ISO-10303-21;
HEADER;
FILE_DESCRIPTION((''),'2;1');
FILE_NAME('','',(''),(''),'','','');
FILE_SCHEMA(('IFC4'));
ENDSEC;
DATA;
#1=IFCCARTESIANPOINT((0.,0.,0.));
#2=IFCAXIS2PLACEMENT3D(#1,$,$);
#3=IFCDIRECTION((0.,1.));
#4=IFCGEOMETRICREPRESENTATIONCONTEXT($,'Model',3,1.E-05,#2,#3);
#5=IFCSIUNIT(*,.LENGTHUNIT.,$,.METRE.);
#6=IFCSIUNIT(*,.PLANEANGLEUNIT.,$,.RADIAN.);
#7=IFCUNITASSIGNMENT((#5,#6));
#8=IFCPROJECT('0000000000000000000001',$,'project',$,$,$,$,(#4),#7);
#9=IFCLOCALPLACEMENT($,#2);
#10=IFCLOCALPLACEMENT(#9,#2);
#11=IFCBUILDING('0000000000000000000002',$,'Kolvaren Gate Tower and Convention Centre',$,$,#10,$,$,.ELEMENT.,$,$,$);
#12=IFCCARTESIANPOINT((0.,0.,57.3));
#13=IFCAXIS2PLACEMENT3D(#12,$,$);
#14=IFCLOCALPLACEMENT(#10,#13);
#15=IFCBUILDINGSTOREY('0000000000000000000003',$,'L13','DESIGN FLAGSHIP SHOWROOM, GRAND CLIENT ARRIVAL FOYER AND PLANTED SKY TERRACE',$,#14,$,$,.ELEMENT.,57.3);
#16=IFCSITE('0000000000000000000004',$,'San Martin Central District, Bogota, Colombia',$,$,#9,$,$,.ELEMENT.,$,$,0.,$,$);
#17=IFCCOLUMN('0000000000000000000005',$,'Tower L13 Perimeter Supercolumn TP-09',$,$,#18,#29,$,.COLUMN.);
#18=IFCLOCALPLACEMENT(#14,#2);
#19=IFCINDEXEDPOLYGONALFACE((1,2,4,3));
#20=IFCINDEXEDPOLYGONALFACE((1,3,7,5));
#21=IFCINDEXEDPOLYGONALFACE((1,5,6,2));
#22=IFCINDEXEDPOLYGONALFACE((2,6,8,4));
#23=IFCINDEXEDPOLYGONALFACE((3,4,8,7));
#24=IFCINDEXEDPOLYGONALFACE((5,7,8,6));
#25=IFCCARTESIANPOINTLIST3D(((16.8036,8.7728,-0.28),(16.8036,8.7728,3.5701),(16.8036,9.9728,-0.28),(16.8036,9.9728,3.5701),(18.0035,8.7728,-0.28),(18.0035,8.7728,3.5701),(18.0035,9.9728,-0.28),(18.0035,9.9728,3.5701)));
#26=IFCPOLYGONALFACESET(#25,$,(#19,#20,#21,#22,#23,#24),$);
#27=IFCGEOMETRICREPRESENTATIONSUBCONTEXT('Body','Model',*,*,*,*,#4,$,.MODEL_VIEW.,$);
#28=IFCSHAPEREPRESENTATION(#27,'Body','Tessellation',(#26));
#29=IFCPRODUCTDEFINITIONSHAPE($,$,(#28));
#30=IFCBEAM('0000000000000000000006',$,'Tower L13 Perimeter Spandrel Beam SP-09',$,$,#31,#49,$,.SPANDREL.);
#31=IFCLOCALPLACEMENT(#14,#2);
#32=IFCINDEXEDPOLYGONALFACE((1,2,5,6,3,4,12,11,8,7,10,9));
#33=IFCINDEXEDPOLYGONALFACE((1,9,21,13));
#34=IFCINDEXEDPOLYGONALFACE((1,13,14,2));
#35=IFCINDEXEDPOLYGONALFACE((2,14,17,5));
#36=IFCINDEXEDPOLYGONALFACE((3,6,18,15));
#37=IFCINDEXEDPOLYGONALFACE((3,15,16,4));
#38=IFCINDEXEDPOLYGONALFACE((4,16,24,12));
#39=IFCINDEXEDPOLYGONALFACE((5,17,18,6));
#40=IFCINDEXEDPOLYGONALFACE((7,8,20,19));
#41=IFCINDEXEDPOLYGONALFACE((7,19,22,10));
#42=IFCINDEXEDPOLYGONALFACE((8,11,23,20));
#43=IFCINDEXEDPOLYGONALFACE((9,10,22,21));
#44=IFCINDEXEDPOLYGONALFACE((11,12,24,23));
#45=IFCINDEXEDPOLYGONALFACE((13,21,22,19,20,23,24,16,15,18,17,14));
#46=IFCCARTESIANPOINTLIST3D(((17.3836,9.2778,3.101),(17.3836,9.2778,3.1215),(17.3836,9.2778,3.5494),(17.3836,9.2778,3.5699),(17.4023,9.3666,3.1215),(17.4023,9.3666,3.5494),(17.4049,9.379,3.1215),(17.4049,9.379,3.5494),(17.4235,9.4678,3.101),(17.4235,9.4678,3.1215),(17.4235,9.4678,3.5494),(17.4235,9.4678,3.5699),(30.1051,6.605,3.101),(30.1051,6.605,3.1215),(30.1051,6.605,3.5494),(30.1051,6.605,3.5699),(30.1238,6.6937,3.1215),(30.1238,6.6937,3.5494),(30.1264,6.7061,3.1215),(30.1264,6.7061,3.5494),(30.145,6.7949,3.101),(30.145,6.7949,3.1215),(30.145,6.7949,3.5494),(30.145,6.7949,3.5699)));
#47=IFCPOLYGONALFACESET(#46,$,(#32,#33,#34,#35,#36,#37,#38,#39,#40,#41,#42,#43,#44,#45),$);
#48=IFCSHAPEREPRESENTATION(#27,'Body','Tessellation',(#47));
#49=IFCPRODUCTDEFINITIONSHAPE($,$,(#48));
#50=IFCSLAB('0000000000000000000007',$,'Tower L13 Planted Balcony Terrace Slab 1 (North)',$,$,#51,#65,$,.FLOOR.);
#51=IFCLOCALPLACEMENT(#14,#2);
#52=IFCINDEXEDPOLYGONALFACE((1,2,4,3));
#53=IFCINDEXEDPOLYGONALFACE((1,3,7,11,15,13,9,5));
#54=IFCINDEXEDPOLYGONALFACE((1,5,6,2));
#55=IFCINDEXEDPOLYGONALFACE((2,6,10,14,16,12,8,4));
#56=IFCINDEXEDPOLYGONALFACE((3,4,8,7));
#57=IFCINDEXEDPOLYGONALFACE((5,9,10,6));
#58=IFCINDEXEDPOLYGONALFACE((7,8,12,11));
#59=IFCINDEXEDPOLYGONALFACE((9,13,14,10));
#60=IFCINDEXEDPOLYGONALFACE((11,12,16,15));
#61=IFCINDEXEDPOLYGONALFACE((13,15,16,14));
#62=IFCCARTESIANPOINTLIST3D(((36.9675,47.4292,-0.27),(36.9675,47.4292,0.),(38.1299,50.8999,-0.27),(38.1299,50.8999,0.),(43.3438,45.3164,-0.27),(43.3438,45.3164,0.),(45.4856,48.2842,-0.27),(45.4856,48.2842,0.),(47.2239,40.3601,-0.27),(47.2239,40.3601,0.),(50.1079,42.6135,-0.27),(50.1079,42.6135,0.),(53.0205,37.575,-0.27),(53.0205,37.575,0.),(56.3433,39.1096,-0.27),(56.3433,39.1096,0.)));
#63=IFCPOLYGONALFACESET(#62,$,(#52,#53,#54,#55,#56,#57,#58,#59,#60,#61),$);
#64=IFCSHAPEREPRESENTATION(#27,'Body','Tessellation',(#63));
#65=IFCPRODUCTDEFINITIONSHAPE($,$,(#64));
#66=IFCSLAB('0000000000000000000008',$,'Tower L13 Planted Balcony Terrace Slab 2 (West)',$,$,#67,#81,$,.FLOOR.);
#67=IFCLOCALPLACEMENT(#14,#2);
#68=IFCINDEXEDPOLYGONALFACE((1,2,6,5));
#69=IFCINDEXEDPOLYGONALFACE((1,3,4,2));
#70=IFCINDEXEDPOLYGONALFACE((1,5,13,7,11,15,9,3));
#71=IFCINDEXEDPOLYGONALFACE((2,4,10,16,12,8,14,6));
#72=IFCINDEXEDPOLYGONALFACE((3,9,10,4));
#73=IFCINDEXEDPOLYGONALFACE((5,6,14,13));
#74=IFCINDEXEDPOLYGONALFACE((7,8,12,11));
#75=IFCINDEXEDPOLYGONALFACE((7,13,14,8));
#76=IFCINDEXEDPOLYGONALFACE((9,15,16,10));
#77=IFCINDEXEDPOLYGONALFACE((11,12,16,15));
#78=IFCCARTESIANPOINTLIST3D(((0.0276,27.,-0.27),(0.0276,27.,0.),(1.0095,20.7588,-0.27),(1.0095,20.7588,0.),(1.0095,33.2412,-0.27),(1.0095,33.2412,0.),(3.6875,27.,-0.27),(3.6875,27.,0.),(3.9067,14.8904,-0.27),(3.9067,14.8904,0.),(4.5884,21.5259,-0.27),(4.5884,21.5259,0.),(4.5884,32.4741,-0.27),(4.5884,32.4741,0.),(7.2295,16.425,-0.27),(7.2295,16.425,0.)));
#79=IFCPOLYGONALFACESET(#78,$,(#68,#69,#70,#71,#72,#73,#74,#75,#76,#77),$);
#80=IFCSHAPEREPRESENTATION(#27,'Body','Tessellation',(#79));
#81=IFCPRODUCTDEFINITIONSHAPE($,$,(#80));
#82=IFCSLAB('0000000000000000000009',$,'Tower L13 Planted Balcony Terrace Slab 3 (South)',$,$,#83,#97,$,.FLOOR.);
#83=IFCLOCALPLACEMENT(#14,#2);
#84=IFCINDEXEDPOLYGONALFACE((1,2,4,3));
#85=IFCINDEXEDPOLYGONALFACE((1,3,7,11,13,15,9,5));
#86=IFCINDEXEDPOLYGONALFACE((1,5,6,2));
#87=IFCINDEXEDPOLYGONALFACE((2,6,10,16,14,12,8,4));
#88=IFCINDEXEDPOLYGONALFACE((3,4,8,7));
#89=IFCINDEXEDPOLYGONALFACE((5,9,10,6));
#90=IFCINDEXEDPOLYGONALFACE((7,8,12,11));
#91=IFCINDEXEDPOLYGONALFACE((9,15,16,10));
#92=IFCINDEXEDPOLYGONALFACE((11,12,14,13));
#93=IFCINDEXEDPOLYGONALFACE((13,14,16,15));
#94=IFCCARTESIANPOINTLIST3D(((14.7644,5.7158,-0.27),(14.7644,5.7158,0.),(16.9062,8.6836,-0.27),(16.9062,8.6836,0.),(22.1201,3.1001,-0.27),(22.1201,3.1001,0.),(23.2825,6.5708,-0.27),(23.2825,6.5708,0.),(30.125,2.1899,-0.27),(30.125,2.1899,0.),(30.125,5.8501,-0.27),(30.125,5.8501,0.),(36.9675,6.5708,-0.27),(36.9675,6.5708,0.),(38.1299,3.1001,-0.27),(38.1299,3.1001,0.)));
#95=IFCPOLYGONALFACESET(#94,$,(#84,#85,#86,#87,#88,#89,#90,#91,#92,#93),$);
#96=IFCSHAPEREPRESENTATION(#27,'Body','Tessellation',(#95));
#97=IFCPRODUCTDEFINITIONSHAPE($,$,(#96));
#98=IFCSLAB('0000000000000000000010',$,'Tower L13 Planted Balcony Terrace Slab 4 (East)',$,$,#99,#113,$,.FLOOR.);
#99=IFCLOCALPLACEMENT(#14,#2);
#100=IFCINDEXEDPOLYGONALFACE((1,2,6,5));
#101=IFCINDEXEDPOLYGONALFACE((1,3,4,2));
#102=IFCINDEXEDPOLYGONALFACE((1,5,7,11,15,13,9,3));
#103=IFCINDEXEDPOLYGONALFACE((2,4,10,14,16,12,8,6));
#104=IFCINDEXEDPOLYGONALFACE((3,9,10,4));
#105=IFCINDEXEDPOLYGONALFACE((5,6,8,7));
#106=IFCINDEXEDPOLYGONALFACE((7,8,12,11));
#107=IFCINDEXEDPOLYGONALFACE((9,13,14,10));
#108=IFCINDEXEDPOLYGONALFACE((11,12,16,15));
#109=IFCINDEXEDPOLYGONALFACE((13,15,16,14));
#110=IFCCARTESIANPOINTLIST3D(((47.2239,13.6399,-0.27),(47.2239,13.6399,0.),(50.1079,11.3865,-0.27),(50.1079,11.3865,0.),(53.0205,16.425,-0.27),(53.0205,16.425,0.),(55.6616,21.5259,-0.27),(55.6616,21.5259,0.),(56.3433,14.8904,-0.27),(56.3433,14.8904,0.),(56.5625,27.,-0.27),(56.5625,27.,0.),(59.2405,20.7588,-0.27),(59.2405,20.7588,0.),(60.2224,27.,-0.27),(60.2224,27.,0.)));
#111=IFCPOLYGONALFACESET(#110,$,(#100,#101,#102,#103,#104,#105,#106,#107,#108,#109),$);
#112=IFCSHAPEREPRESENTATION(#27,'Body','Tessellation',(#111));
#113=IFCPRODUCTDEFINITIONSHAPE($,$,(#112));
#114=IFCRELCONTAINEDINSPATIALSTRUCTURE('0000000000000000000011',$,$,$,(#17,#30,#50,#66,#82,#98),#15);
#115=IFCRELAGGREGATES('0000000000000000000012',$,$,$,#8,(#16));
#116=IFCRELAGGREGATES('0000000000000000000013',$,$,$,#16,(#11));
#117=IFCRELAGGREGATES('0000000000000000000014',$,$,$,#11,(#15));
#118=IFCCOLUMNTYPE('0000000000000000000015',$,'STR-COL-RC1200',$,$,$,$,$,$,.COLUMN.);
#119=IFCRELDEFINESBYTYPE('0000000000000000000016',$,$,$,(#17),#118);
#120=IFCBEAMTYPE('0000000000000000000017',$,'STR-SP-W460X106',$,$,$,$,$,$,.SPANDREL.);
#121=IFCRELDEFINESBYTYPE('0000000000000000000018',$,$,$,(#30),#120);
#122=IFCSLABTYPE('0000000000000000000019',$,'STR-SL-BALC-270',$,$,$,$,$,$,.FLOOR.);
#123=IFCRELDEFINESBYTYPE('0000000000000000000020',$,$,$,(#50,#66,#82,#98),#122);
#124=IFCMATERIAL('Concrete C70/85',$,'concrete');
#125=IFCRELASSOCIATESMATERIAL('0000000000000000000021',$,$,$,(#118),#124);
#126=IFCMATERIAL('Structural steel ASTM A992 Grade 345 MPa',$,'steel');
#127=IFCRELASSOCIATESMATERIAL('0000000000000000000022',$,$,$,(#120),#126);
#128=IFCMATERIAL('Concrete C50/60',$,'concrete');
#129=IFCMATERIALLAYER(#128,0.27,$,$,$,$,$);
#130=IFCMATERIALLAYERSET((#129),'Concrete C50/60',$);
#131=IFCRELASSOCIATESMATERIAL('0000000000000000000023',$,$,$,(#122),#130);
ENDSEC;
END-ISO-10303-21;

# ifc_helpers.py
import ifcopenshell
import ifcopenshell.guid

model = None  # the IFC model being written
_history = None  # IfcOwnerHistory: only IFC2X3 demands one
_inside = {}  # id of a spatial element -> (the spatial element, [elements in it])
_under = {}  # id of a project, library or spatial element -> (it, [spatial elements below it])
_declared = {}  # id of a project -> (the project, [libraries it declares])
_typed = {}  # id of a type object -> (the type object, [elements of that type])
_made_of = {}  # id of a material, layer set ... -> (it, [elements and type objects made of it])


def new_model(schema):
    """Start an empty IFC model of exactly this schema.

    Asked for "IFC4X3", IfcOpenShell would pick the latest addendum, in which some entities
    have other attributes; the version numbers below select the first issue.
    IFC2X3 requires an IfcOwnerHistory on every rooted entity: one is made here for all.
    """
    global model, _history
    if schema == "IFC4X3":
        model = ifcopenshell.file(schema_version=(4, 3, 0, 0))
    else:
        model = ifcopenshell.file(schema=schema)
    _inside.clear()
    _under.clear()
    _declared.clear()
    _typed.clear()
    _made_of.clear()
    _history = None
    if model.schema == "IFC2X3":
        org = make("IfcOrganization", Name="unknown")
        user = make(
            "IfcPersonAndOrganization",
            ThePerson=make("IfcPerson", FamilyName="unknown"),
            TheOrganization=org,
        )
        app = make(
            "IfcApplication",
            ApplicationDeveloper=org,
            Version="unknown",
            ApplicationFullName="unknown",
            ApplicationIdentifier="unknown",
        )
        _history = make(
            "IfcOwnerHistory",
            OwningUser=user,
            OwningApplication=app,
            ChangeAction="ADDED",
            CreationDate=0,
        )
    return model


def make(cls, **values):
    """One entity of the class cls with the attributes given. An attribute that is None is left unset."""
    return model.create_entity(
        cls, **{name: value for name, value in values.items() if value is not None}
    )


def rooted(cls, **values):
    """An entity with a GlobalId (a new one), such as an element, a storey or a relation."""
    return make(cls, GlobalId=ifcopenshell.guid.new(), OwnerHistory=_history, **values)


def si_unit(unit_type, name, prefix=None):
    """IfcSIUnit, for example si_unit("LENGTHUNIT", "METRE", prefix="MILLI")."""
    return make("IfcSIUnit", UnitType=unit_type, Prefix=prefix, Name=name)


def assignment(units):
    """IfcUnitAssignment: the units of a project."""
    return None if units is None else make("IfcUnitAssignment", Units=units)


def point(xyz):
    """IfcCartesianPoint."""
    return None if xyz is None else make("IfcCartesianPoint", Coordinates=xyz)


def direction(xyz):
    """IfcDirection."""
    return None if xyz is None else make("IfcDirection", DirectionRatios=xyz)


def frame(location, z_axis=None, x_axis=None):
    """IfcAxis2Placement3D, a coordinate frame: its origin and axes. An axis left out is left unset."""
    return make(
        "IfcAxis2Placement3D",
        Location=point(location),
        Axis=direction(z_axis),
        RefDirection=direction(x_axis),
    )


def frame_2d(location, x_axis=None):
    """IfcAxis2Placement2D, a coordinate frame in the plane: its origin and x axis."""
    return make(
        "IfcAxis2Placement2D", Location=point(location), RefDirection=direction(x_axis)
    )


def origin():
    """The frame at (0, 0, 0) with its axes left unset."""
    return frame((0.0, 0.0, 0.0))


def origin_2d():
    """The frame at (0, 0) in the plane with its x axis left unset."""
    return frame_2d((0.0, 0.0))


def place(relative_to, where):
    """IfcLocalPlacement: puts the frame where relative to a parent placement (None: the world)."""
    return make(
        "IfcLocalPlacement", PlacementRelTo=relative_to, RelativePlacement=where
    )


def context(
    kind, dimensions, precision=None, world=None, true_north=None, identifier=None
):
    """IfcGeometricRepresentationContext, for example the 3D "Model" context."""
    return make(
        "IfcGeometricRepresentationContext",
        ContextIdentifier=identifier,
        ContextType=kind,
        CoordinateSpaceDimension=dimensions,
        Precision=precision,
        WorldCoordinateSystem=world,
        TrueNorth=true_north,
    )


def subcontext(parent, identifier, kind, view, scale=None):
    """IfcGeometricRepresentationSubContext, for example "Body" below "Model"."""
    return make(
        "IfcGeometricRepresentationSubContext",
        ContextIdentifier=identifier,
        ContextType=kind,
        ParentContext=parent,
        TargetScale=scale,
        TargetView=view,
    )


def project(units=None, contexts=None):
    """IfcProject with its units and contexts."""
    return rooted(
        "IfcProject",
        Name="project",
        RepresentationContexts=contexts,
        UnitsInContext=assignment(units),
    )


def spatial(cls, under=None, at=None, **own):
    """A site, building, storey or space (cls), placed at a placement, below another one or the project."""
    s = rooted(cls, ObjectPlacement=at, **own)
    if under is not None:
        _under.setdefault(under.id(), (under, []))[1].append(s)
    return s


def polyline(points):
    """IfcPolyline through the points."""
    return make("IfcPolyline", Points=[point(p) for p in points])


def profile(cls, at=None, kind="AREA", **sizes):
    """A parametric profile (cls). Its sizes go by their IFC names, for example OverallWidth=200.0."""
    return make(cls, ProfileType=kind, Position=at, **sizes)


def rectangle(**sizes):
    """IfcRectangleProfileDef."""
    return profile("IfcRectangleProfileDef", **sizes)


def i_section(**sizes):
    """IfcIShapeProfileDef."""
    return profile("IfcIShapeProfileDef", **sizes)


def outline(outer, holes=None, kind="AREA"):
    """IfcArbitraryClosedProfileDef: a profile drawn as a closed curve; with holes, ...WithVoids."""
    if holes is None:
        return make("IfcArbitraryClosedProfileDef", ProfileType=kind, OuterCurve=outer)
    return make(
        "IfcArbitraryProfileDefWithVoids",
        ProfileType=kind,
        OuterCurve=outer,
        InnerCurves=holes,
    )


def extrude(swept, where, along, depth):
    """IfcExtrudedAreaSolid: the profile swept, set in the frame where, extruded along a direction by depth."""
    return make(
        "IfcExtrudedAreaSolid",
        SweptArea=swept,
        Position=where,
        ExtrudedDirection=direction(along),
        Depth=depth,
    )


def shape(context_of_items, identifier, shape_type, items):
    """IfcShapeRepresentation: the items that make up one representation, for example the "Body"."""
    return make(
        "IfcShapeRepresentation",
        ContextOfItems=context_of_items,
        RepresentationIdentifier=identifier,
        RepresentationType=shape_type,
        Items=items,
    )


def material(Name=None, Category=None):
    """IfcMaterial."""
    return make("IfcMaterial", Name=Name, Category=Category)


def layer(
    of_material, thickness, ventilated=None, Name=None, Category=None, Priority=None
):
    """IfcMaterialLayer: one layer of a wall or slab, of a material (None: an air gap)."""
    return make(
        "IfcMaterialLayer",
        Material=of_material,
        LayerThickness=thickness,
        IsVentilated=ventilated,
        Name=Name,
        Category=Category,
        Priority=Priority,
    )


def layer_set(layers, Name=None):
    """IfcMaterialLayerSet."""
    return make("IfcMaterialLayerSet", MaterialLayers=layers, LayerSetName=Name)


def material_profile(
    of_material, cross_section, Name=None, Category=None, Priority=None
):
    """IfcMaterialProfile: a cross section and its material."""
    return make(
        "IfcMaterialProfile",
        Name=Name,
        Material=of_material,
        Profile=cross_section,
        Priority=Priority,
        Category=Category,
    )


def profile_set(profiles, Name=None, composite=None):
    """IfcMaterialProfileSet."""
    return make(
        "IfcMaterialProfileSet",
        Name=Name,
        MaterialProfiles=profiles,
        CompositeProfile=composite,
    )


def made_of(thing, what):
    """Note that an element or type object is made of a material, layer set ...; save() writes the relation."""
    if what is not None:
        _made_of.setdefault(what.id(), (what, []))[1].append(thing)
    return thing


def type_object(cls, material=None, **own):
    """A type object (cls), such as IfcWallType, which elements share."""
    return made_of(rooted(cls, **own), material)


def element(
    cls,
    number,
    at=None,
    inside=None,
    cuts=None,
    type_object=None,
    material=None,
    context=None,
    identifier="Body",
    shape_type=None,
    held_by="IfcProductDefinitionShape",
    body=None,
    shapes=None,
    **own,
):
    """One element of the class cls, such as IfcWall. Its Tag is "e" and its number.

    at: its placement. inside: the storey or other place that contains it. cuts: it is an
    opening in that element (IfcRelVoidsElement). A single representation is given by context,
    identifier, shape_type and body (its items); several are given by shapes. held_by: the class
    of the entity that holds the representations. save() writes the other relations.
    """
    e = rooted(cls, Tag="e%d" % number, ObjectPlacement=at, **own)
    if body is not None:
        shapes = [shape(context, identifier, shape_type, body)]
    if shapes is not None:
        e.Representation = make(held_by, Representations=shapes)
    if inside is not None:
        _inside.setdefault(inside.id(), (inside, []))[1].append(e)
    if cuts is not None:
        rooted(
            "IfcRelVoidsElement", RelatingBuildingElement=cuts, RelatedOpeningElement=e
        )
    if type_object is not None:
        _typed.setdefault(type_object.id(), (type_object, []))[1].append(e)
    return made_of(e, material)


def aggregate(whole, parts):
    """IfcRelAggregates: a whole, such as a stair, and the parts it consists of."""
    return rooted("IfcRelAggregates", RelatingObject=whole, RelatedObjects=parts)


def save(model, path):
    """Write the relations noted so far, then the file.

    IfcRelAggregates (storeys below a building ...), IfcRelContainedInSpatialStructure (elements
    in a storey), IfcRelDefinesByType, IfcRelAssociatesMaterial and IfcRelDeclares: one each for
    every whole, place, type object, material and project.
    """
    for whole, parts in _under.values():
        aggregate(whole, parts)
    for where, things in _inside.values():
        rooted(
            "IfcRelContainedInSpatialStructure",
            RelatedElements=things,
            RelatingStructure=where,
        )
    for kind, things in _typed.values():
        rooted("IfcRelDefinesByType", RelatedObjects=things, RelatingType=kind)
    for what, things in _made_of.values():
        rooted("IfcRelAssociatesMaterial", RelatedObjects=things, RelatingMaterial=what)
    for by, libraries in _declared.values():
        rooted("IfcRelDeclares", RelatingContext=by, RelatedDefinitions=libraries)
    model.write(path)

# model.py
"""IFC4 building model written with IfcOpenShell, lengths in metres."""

from ifc_helpers import new_model, si_unit, direction, frame, origin, origin_2d, place, context, subcontext, project, spatial, polyline, rectangle, i_section, outline, extrude, material, layer, layer_set, material_profile, profile_set, type_object, element, save


model = new_model("IFC4")

# Units and contexts
model_context = context("Model", 3, precision=1e-05, world=origin(), true_north=direction((0.0, 1.0)))
body_context = subcontext(model_context, "Body", "Model", "MODEL_VIEW")
ifc_project = project(units=[si_unit("LENGTHUNIT", "METRE"), si_unit("PLANEANGLEUNIT", "RADIAN")], contexts=[model_context])

# Site, building, storey
site_placement = place(None, origin())
site = spatial("IfcSite", under=ifc_project, at=site_placement, Name="San Martin Central District, Bogota, Colombia", CompositionType="ELEMENT", RefElevation=0.0)
building_placement = place(site_placement, origin())
building = spatial("IfcBuilding", under=site, at=building_placement, Name="Kolvaren Gate Tower and Convention Centre", CompositionType="ELEMENT")
storey_placement = place(building_placement, frame((0.0, 0.0, 57.3)))
storey = spatial("IfcBuildingStorey", under=building, at=storey_placement, Name="L13", Description="DESIGN FLAGSHIP SHOWROOM, GRAND CLIENT ARRIVAL FOYER AND PLANTED SKY TERRACE", CompositionType="ELEMENT", Elevation=57.3)

# Column
ifc_material_1 = material(Name="Concrete C70/85", Category="concrete")
ifc_material_profile_1 = material_profile(ifc_material_1, rectangle(XDim=1.2, YDim=1.2, at=origin_2d()), Name="RC-COL-1200X1200")
ifc_profile_set_1 = profile_set([ifc_material_profile_1], Name="Concrete C70/85")
column_type = type_object("IfcColumnType", Name="STR-COL-RC1200", PredefinedType="COLUMN", material=ifc_profile_set_1)
column_placement = place(storey_placement, frame((17.4036, 9.3728, -0.28), z_axis=(0.0, 0.0, 1.0), x_axis=(1.0, 0.0, 0.0)))
element("IfcColumn", 1, at=column_placement, inside=storey, type_object=column_type, Name="Tower L13 Perimeter Supercolumn TP-09", PredefinedType="COLUMN", context=body_context, shape_type="SweptSolid", body=[
    extrude(rectangle(XDim=1.2, YDim=1.2, at=origin_2d()), origin(), (0.0, 0.0, 1.0), 3.8501),
])

# Beam
ifc_material_2 = material(Name="Structural steel ASTM A992 Grade 345 MPa", Category="steel")
ifc_material_profile_2 = material_profile(ifc_material_2, i_section(OverallWidth=0.1941, OverallDepth=0.469, WebThickness=0.0127, FlangeThickness=0.0205, at=origin_2d()), Name="W460X106")
ifc_profile_set_2 = profile_set([ifc_material_profile_2], Name="Structural steel ASTM A992 Grade 345 MPa")
beam_type = type_object("IfcBeamType", Name="STR-SP-W460X106", PredefinedType="SPANDREL", material=ifc_profile_set_2)
beam_placement = place(storey_placement, frame((17.4036, 9.3728, 3.3354), z_axis=(0.978633, -0.205617, 0.0), x_axis=(0.205617, 0.978633, 0.0)))
element("IfcBeam", 2, at=beam_placement, inside=storey, type_object=beam_type, Name="Tower L13 Perimeter Spandrel Beam SP-09", PredefinedType="SPANDREL", context=body_context, shape_type="SweptSolid", body=[
    extrude(i_section(OverallWidth=0.1941, OverallDepth=0.469, WebThickness=0.0127, FlangeThickness=0.0205, at=origin_2d()), origin(), (0.0, 0.0, 1.0), 12.9993),
])

# Slabs
ifc_material_3 = material(Name="Concrete C50/60", Category="concrete")
ifc_layer_1 = layer(ifc_material_3, 0.27)
ifc_layer_set_1 = layer_set([ifc_layer_1], Name="Concrete C50/60")
slab_type_1 = type_object("IfcSlabType", Name="STR-SL-BALC-270", PredefinedType="FLOOR", material=ifc_layer_set_1)
slab_1_placement = place(storey_placement, frame((0.0, 0.0, -0.27)))
element("IfcSlab", 3, at=slab_1_placement, inside=storey, type_object=slab_type_1, Name="Tower L13 Planted Balcony Terrace Slab 1 (North)", PredefinedType="FLOOR", context=body_context, shape_type="SweptSolid", body=[
    extrude(outline(polyline([(53.0205, 37.575), (47.2239, 40.3601), (43.3438, 45.3164), (36.9675, 47.4292), (38.1299, 50.8999), (45.4856, 48.2842), (50.1079, 42.6135), (56.3433, 39.1096), (53.0205, 37.575)])), origin(), (0.0, 0.0, 1.0), 0.27),
])
slab_2_placement = place(storey_placement, frame((0.0, 0.0, -0.27)))
element("IfcSlab", 4, at=slab_2_placement, inside=storey, type_object=slab_type_1, Name="Tower L13 Planted Balcony Terrace Slab 2 (West)", PredefinedType="FLOOR", context=body_context, shape_type="SweptSolid", body=[
    extrude(outline(polyline([(4.5884, 32.4741), (3.6875, 27.0), (4.5884, 21.5259), (7.2295, 16.425), (3.9067, 14.8904), (1.0095, 20.7588), (0.0276, 27.0), (1.0095, 33.2412), (4.5884, 32.4741)])), origin(), (0.0, 0.0, 1.0), 0.27),
])
slab_3_placement = place(storey_placement, frame((0.0, 0.0, -0.27)))
element("IfcSlab", 5, at=slab_3_placement, inside=storey, type_object=slab_type_1, Name="Tower L13 Planted Balcony Terrace Slab 3 (South)", PredefinedType="FLOOR", context=body_context, shape_type="SweptSolid", body=[
    extrude(outline(polyline([(16.9062, 8.6836), (23.2825, 6.5708), (30.125, 5.8501), (36.9675, 6.5708), (38.1299, 3.1001), (30.125, 2.1899), (22.1201, 3.1001), (14.7644, 5.7158), (16.9062, 8.6836)])), origin(), (0.0, 0.0, 1.0), 0.27),
])
slab_4_placement = place(storey_placement, frame((0.0, 0.0, -0.27)))
element("IfcSlab", 6, at=slab_4_placement, inside=storey, type_object=slab_type_1, Name="Tower L13 Planted Balcony Terrace Slab 4 (East)", PredefinedType="FLOOR", context=body_context, shape_type="SweptSolid", body=[
    extrude(outline(polyline([(47.2239, 13.6399), (53.0205, 16.425), (55.6616, 21.5259), (56.5625, 27.0), (60.2224, 27.0), (59.2405, 20.7588), (56.3433, 14.8904), (50.1079, 11.3865), (47.2239, 13.6399)])), origin(), (0.0, 0.0, 1.0), 0.27),
])

save(model, "model.ifc")
